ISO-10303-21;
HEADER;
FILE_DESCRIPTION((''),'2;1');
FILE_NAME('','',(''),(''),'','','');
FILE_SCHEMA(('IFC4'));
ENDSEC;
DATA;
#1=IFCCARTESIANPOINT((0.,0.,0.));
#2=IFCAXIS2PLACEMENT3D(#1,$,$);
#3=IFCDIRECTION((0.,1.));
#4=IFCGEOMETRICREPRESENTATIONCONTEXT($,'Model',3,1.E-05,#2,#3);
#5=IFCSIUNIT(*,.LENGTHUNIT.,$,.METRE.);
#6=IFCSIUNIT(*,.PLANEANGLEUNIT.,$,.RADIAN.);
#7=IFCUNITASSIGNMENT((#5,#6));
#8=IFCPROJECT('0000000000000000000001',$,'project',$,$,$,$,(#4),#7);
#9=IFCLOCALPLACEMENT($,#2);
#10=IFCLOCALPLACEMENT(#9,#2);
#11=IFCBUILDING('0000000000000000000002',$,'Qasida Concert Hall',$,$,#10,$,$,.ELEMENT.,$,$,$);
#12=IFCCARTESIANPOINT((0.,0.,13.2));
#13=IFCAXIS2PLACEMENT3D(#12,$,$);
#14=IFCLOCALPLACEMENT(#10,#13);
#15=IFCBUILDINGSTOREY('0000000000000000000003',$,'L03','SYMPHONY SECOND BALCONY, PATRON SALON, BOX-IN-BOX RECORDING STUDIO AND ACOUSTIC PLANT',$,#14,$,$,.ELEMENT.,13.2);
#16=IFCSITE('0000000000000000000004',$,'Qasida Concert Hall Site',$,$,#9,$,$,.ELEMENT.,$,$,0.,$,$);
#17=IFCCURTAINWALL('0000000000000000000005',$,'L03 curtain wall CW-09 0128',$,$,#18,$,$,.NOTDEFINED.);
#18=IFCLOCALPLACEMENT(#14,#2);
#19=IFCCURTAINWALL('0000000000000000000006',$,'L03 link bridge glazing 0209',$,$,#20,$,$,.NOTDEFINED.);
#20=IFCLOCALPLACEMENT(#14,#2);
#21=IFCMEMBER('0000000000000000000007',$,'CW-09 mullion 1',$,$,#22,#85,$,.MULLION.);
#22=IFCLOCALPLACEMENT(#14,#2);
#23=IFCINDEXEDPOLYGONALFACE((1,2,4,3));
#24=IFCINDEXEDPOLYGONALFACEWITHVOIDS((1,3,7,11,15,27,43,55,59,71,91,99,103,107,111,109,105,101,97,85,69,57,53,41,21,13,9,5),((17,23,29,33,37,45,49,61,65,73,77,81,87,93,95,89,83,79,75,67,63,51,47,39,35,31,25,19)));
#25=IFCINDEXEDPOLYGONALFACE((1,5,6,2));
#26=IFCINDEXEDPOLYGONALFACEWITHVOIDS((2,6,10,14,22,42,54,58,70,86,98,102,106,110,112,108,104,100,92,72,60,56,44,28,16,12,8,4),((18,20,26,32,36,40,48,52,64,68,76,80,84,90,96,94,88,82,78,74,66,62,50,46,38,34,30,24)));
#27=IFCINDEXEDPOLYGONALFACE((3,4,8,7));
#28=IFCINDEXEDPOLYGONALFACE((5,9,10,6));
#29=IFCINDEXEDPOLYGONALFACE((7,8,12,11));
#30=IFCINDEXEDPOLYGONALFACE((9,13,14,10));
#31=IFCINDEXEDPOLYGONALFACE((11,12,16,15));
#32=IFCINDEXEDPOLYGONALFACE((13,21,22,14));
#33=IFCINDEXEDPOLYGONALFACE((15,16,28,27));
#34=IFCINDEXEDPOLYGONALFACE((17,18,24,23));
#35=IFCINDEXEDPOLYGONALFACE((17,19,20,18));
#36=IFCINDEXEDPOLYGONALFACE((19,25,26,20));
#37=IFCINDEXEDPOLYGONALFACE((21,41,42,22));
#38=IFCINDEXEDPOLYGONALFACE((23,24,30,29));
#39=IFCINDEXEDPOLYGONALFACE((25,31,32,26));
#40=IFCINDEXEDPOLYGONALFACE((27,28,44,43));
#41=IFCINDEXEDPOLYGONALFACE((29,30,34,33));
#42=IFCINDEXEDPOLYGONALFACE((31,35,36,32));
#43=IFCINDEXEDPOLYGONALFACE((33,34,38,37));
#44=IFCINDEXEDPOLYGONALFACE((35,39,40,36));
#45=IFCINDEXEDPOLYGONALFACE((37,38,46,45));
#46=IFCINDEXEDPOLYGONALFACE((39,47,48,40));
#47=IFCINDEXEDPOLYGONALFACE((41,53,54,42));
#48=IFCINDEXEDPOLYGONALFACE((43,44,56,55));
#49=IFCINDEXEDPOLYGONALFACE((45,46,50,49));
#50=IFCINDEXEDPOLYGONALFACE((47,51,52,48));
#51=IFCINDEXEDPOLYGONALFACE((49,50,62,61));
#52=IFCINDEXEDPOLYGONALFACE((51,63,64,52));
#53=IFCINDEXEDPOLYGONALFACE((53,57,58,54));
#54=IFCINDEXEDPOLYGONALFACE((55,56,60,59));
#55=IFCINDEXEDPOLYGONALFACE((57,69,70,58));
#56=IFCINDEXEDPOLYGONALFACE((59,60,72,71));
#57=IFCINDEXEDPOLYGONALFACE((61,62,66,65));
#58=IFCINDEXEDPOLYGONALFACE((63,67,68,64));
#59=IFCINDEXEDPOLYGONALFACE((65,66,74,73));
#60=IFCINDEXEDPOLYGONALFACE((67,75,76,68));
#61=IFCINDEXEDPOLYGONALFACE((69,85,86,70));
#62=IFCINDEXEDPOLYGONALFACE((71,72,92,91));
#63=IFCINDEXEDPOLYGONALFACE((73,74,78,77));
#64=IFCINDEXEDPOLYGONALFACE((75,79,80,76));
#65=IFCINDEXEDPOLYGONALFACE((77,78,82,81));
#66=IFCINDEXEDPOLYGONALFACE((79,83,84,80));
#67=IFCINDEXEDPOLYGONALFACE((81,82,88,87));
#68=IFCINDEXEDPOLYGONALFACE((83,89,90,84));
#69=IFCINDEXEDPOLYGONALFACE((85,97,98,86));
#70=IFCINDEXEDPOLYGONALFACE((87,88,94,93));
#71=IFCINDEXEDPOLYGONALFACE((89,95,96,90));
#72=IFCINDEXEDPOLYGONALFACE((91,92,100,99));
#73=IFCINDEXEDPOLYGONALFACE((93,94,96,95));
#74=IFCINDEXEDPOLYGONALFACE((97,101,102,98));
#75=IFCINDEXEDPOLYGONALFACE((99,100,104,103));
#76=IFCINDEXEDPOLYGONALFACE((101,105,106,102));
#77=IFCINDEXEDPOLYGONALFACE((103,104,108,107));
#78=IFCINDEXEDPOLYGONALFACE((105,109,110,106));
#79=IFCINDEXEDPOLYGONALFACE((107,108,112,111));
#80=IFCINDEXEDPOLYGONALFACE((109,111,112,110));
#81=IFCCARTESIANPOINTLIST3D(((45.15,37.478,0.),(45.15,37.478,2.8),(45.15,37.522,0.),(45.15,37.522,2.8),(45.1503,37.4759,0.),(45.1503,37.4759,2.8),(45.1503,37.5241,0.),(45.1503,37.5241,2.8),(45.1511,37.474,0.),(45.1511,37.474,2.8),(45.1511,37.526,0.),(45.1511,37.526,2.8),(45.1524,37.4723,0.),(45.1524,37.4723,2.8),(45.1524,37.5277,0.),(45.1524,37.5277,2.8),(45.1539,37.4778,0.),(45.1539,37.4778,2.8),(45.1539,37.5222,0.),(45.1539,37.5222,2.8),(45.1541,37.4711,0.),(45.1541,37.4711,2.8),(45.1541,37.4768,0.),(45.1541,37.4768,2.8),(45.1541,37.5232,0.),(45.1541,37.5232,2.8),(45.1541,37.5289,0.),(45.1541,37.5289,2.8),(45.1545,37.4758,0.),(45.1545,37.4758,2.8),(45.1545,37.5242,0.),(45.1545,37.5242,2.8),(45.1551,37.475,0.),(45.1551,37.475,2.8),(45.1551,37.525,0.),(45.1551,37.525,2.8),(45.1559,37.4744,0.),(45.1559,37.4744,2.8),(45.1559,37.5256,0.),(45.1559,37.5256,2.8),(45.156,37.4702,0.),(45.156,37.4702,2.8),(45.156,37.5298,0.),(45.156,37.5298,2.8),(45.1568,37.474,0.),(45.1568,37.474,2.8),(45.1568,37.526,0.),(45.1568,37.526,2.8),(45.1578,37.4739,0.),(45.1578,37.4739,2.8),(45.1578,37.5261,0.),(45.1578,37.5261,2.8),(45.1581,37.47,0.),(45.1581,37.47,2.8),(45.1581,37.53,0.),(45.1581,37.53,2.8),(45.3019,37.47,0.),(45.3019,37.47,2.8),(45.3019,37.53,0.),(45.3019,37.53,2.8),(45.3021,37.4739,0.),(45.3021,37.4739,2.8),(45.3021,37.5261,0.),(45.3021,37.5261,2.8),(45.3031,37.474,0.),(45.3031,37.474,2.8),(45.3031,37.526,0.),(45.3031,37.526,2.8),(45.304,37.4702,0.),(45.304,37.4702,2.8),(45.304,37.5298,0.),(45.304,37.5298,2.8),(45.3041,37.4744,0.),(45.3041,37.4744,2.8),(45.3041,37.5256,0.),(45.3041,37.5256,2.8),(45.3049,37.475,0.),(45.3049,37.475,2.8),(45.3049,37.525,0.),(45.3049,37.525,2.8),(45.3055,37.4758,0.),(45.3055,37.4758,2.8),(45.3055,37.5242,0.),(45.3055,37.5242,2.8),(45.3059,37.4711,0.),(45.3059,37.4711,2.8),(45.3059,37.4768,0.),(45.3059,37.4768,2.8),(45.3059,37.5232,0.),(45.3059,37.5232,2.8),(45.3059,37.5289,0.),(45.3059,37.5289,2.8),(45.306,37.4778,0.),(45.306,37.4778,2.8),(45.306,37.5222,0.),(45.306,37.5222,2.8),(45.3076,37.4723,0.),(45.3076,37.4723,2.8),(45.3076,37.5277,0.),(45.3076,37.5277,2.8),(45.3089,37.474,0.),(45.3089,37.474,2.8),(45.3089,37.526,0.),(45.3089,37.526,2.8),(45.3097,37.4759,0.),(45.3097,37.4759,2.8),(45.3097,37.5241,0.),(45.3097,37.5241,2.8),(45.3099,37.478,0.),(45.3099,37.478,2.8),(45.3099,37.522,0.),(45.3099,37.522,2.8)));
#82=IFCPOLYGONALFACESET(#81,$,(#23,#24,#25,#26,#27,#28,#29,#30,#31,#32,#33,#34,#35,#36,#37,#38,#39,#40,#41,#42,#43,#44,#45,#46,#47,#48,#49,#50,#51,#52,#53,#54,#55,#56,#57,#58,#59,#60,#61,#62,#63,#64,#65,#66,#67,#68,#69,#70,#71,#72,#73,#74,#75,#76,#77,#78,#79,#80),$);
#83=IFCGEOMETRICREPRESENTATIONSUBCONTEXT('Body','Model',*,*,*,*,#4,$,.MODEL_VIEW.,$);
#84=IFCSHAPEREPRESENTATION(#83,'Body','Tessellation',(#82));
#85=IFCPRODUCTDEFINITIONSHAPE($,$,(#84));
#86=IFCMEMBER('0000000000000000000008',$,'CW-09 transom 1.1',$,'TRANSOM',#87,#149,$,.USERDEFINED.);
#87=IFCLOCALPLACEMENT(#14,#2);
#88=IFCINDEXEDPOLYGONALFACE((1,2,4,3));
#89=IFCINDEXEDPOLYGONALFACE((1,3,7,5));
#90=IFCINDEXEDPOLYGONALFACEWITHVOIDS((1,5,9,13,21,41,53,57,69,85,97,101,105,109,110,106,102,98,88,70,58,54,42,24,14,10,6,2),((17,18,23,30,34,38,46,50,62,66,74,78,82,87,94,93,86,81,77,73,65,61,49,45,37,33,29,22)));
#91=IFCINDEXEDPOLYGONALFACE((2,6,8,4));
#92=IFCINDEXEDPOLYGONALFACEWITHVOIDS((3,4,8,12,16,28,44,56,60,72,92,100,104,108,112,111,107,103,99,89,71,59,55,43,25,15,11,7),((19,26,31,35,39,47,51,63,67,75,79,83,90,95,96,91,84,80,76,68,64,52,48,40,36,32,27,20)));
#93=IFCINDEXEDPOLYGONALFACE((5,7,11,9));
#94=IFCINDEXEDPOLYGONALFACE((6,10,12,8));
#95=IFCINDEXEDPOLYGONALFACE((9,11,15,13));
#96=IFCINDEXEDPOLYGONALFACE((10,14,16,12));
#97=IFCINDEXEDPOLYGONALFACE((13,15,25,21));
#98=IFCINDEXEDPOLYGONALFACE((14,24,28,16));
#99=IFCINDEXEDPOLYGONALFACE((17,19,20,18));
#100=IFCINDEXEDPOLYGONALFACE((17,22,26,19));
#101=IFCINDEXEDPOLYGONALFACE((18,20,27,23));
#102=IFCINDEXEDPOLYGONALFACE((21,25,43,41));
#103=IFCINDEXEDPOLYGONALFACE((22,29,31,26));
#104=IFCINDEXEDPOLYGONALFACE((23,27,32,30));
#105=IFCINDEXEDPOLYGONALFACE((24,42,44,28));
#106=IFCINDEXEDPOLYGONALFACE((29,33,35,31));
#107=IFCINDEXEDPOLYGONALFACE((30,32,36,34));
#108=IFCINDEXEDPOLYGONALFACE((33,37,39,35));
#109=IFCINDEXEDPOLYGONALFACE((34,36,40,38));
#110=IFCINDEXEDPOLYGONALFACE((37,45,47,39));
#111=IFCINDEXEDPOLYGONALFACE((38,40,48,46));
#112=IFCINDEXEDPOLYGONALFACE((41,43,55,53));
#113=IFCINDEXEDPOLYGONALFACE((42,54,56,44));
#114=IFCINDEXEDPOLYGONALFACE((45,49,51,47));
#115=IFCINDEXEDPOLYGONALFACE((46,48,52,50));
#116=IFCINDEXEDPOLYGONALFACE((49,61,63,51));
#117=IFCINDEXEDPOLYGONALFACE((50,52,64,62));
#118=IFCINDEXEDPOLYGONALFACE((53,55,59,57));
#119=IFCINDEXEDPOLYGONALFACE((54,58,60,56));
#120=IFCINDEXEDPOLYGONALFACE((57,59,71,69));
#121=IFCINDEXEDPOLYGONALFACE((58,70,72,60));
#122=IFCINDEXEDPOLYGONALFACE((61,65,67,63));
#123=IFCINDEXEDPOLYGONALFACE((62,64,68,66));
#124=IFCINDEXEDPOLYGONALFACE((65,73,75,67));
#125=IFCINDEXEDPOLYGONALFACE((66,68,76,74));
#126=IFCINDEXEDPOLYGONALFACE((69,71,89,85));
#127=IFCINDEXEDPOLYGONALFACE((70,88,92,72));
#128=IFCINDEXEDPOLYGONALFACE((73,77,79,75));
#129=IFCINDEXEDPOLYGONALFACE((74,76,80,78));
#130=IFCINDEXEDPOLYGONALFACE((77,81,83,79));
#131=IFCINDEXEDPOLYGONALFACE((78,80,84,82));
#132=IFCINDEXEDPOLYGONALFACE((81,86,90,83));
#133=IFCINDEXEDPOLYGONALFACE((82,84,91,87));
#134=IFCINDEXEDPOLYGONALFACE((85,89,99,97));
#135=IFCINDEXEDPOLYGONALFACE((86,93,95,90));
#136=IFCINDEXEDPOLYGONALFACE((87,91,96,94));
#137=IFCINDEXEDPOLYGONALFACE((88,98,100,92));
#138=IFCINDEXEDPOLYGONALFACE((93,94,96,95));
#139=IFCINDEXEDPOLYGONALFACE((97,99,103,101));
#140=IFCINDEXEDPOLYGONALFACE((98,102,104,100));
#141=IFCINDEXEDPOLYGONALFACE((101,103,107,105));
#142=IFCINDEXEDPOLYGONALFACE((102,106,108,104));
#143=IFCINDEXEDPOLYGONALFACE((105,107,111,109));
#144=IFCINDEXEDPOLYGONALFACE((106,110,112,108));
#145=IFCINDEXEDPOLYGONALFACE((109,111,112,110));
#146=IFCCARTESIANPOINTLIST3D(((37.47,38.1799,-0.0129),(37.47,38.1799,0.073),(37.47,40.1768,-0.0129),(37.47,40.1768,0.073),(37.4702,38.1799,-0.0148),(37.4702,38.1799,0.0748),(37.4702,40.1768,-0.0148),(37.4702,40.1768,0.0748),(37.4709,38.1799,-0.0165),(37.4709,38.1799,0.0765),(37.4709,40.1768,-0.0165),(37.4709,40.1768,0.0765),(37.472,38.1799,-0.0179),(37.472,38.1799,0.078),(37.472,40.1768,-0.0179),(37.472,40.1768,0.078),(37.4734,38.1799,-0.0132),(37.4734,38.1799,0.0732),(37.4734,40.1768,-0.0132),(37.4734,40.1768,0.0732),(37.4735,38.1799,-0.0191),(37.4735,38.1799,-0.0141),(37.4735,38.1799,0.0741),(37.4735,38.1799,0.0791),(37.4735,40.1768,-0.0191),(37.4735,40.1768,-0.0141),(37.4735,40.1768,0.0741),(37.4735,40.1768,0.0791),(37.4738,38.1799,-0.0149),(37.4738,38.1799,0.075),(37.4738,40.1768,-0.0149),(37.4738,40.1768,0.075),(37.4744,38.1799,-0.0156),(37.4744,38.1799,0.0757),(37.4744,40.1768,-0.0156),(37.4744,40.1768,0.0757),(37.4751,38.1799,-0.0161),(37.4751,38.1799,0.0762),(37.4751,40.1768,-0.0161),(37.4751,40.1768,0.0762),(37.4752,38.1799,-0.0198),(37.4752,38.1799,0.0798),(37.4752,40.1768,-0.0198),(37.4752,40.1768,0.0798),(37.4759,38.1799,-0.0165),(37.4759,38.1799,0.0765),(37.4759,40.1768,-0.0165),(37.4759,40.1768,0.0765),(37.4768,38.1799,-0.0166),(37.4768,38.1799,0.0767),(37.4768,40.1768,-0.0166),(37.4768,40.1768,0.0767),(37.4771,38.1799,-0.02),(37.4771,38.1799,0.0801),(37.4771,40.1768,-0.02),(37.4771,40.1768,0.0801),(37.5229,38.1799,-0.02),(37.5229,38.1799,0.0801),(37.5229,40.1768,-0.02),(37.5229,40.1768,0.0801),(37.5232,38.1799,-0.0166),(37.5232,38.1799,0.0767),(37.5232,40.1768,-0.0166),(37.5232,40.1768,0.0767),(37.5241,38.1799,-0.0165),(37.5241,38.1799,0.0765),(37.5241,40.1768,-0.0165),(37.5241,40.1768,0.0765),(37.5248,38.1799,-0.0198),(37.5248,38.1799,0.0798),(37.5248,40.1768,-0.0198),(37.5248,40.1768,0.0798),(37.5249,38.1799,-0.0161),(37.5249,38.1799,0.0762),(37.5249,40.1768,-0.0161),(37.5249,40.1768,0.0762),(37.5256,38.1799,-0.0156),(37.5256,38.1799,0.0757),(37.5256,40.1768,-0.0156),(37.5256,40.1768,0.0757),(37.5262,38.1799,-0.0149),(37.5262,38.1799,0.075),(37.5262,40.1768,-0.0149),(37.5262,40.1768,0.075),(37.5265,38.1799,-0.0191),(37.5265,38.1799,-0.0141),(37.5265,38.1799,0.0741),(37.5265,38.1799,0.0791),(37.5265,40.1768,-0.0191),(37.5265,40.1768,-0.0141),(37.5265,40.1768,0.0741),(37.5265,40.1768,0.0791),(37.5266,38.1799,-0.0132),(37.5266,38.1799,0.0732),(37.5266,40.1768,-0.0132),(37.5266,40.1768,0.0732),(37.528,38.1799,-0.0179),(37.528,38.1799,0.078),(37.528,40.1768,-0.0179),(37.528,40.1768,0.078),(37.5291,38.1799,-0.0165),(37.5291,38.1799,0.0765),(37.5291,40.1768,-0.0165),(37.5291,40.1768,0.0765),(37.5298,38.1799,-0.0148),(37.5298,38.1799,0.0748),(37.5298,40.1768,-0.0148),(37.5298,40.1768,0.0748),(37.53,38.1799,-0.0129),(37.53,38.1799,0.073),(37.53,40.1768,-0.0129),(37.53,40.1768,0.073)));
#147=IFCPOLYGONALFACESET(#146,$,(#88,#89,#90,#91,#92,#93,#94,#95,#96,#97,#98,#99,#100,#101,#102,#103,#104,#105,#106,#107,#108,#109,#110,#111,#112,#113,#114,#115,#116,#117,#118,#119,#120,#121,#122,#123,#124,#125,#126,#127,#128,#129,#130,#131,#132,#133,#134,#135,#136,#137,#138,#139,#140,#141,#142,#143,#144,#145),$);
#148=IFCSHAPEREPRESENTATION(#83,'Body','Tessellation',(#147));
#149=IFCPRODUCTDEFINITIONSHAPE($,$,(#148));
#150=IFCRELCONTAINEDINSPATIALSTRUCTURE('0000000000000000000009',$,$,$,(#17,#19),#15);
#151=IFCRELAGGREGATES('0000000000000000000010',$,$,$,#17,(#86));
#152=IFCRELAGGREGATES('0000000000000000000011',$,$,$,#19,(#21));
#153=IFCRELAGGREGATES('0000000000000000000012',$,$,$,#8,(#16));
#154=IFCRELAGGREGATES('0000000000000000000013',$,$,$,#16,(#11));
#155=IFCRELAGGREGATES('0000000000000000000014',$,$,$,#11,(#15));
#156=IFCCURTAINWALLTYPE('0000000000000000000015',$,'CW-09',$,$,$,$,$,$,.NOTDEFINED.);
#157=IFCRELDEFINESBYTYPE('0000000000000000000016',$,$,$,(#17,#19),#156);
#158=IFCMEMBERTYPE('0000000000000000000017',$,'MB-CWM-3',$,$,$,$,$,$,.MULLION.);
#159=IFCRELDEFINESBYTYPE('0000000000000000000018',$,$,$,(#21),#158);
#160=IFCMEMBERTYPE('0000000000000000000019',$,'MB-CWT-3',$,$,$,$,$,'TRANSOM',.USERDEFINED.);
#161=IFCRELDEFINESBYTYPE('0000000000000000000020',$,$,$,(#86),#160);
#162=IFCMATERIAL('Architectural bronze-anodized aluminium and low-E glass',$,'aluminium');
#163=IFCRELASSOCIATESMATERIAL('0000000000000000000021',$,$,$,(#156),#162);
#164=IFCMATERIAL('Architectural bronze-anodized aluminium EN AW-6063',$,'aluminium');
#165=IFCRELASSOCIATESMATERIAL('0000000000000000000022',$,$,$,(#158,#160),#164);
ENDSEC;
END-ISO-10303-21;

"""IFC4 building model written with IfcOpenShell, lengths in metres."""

from ifc_helpers import new_model, si_unit, direction, frame, origin, origin_2d, place, context, subcontext, project, spatial, hollow_rectangle, extrude, material, material_profile, profile_set, type_object, element, aggregate, save


model = new_model("IFC4")

# Units and contexts
model_context = context("Model", 3, precision=1e-05, world=origin(), true_north=direction((0.0, 1.0)))
body_context = subcontext(model_context, "Body", "Model", "MODEL_VIEW")
ifc_project = project(units=[si_unit("LENGTHUNIT", "METRE"), si_unit("PLANEANGLEUNIT", "RADIAN")], contexts=[model_context])

# Site, building, storey
site_placement = place(None, origin())
site = spatial("IfcSite", under=ifc_project, at=site_placement, Name="Qasida Concert Hall Site", CompositionType="ELEMENT", RefElevation=0.0)
building_placement = place(site_placement, origin())
building = spatial("IfcBuilding", under=site, at=building_placement, Name="Qasida Concert Hall", CompositionType="ELEMENT")
storey_placement = place(building_placement, frame((0.0, 0.0, 13.2)))
storey = spatial("IfcBuildingStorey", under=building, at=storey_placement, Name="L03", Description="SYMPHONY SECOND BALCONY, PATRON SALON, BOX-IN-BOX RECORDING STUDIO AND ACOUSTIC PLANT", CompositionType="ELEMENT", Elevation=13.2)

# Curtain wall
ifc_material_1 = material(Name="Architectural bronze-anodized aluminium and low-E glass", Category="aluminium")
curtain_wall_type = type_object("IfcCurtainWallType", Name="CW-09", PredefinedType="NOTDEFINED", material=ifc_material_1)
curtain_wall_1_placement = place(storey_placement, origin())
curtain_wall_1 = element("IfcCurtainWall", 1, at=curtain_wall_1_placement, inside=storey, type_object=curtain_wall_type, Name="L03 curtain wall CW-09 0128", PredefinedType="NOTDEFINED")
ifc_material_2 = material(Name="Architectural bronze-anodized aluminium EN AW-6063", Category="aluminium")
ifc_material_profile_1 = material_profile(ifc_material_2, hollow_rectangle(XDim=0.0601, YDim=0.1599, WallThickness=0.0039, InnerFilletRadius=0.0039, OuterFilletRadius=0.0081, at=origin_2d()), Name="CWM 160x60x4")
ifc_profile_set_1 = profile_set([ifc_material_profile_1], Name="Architectural bronze-anodized aluminium EN AW-6063")
member_type_1 = type_object("IfcMemberType", Name="MB-CWM-3", PredefinedType="MULLION", material=ifc_profile_set_1)

# Curtain wall, member
curtain_wall_2_placement = place(storey_placement, origin())
curtain_wall_2 = element("IfcCurtainWall", 2, at=curtain_wall_2_placement, inside=storey, type_object=curtain_wall_type, Name="L03 link bridge glazing 0209", PredefinedType="NOTDEFINED")
member_1_placement = place(storey_placement, frame((45.23, 37.5, 0.0), z_axis=(0.0, 0.0, 1.0), x_axis=(0.0, 1.0, 0.0)))
member_1 = element("IfcMember", 3, at=member_1_placement, type_object=member_type_1, Name="CW-09 mullion 1", PredefinedType="MULLION", context=body_context, shape_type="SweptSolid", body=[
    extrude(hollow_rectangle(XDim=0.0601, YDim=0.1599, WallThickness=0.0039, InnerFilletRadius=0.0039, OuterFilletRadius=0.0081, at=origin_2d()), origin(), (0.0, 0.0, 1.0), 2.8),
])

# Member
ifc_material_profile_2 = material_profile(ifc_material_2, hollow_rectangle(XDim=0.0601, YDim=0.1001, WallThickness=0.0034, InnerFilletRadius=0.0034, OuterFilletRadius=0.0071, at=origin_2d()), Name="CWT 100x60x3.5")
ifc_profile_set_2 = profile_set([ifc_material_profile_2], Name="Architectural bronze-anodized aluminium EN AW-6063")
member_type_2 = type_object("IfcMemberType", Name="MB-CWT-3", ElementType="TRANSOM", PredefinedType="USERDEFINED", material=ifc_profile_set_2)
member_2_placement = place(storey_placement, frame((37.5, 38.1799, 0.03), z_axis=(0.0, 1.0, 0.0), x_axis=(-1.0, 0.0, 0.0)))
member_2 = element("IfcMember", 4, at=member_2_placement, type_object=member_type_2, Name="CW-09 transom 1.1", ObjectType="TRANSOM", PredefinedType="USERDEFINED", context=body_context, shape_type="SweptSolid", body=[
    extrude(hollow_rectangle(XDim=0.0601, YDim=0.1001, WallThickness=0.0034, InnerFilletRadius=0.0034, OuterFilletRadius=0.0071, at=origin_2d()), origin(), (0.0, 0.0, 1.0), 1.9968),
])

aggregate(curtain_wall_1, [member_2])
aggregate(curtain_wall_2, [member_1])

save(model, "model.ifc")
